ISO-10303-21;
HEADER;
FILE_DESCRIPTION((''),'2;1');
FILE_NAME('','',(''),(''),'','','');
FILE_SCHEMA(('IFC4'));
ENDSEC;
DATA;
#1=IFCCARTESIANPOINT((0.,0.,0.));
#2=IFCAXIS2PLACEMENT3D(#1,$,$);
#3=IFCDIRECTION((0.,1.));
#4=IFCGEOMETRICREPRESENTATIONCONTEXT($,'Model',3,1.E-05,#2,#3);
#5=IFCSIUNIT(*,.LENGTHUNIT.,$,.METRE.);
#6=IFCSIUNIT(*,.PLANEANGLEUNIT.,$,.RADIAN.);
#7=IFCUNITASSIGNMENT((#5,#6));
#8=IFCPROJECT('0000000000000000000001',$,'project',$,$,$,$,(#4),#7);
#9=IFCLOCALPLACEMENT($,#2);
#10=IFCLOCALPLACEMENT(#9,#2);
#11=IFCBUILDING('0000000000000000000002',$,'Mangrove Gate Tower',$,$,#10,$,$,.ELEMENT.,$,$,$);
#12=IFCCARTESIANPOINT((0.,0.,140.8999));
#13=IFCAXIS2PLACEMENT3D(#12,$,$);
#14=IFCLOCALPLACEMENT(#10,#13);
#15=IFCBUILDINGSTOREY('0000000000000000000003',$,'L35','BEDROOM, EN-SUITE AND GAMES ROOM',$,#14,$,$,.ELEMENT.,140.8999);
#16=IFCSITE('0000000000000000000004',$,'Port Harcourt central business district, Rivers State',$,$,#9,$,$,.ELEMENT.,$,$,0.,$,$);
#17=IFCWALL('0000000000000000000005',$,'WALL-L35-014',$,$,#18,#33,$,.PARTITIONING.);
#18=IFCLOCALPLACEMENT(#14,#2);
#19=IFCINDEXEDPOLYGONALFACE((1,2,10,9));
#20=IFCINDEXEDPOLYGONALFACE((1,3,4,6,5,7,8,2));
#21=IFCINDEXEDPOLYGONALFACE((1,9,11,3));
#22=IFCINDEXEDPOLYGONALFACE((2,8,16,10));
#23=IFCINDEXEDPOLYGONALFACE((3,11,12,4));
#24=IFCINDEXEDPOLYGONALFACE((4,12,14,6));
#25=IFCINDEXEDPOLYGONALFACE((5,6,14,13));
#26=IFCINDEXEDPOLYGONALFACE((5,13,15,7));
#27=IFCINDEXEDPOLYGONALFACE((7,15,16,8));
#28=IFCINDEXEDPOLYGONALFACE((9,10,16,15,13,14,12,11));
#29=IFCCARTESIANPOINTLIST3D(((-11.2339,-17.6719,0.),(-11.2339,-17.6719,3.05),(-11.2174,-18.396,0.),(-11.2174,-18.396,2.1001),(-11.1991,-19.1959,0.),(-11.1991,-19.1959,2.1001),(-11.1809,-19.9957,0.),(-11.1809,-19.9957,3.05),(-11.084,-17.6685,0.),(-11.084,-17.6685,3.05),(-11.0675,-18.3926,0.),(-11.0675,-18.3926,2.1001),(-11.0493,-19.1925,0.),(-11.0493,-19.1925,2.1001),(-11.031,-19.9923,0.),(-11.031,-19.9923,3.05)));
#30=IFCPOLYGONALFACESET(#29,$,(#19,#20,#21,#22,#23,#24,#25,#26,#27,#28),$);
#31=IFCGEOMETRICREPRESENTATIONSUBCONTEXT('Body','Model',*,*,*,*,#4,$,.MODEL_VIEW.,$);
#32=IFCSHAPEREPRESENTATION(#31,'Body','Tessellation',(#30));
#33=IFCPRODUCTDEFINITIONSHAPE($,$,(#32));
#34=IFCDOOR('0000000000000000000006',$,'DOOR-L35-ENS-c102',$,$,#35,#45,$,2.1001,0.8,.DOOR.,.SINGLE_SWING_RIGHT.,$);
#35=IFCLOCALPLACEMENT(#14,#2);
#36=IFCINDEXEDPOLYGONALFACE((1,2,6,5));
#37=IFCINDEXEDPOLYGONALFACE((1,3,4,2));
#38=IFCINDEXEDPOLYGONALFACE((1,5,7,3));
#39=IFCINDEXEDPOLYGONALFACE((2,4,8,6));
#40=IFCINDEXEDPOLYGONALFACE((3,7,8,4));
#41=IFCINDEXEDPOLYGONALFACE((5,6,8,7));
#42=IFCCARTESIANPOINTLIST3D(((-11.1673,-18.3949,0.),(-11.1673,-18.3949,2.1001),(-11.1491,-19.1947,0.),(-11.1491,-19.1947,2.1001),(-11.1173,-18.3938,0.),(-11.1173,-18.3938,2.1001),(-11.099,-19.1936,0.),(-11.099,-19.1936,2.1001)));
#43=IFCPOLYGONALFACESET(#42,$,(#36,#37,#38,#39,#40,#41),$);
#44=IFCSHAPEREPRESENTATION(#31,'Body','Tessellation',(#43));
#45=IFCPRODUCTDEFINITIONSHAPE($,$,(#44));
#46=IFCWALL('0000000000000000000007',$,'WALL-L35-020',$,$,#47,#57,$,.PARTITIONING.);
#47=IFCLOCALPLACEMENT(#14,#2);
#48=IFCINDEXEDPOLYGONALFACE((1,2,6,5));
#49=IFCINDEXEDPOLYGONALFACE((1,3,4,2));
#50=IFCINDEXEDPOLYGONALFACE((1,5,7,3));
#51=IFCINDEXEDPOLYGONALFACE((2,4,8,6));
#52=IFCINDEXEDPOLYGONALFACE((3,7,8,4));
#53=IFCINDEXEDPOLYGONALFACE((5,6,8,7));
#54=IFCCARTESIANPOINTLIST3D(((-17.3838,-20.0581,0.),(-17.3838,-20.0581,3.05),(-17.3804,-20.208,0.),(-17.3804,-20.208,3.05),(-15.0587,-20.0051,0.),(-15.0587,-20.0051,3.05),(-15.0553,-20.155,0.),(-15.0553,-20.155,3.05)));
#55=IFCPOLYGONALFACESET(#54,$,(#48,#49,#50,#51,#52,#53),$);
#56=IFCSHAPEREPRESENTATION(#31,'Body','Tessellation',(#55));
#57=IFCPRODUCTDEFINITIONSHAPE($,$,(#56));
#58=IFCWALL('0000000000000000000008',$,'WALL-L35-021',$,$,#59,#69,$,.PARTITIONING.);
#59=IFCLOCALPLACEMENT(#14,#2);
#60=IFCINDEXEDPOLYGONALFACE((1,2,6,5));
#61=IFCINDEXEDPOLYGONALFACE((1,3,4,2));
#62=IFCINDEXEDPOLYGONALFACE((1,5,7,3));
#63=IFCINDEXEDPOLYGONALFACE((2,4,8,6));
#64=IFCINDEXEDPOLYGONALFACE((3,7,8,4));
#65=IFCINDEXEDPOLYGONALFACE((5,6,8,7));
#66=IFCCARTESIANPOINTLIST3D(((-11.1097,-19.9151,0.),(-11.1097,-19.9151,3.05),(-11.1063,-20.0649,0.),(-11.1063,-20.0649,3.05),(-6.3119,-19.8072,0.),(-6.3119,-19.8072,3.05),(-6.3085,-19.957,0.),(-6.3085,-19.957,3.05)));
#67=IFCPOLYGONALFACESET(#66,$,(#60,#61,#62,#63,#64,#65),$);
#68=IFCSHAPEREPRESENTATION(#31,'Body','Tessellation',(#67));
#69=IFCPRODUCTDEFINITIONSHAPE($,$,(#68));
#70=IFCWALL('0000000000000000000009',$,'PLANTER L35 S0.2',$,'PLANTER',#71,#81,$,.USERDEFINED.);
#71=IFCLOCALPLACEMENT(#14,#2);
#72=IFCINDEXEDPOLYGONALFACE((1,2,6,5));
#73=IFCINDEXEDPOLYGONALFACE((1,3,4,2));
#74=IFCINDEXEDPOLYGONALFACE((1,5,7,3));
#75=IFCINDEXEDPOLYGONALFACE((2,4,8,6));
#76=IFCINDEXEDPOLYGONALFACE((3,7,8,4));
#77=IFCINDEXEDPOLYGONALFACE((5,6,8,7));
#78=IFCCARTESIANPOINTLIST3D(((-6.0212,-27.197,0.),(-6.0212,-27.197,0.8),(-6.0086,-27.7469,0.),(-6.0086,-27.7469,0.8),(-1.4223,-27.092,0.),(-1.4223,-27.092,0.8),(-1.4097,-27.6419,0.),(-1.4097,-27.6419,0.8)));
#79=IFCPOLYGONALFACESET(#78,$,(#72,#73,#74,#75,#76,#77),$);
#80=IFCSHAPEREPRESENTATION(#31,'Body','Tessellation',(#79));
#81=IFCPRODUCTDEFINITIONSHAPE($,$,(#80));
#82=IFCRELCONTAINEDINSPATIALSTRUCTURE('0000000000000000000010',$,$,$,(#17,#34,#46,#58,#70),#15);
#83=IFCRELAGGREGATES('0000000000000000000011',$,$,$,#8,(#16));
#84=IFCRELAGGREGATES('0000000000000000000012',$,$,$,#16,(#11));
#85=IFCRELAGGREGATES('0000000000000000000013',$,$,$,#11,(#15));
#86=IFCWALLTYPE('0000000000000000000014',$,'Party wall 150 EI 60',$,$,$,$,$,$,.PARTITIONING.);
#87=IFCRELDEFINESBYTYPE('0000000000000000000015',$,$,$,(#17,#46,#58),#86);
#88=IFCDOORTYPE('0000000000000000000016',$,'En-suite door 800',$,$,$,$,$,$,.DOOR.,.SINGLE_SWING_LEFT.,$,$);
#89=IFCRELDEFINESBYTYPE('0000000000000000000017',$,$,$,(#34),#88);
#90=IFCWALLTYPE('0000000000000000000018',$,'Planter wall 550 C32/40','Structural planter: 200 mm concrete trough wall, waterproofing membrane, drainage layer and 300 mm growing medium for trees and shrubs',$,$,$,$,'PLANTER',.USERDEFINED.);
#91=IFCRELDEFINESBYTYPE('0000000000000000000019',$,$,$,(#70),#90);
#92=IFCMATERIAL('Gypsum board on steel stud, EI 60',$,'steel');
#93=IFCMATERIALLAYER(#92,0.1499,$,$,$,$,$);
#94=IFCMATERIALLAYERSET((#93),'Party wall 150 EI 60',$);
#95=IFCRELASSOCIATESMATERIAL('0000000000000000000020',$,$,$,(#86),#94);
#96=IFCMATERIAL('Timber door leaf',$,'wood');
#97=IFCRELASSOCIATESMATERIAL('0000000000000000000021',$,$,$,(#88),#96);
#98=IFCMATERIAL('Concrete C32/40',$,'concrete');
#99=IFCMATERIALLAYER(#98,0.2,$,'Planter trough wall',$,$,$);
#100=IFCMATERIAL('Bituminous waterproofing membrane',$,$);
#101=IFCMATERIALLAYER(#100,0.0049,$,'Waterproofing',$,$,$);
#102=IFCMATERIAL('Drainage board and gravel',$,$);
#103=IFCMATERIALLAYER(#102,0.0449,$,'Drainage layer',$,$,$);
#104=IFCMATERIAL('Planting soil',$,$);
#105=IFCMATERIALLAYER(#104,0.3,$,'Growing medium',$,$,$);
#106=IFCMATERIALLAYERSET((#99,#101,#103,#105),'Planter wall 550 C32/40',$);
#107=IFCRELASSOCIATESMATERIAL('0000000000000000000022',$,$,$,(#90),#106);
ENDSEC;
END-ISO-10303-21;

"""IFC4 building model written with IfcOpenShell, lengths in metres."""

from ifc_helpers import new_model, si_unit, direction, frame, frame_2d, origin, place, context, subcontext, project, spatial, rectangle, extrude, material, layer, layer_set, type_object, element, fill, save


model = new_model("IFC4")

# Units and contexts
model_context = context("Model", 3, precision=1e-05, world=origin(), true_north=direction((0.0, 1.0)))
body_context = subcontext(model_context, "Body", "Model", "MODEL_VIEW")
ifc_project = project(units=[si_unit("LENGTHUNIT", "METRE"), si_unit("PLANEANGLEUNIT", "RADIAN")], contexts=[model_context])

# Site, building, storey
site_placement = place(None, origin())
site = spatial("IfcSite", under=ifc_project, at=site_placement, Name="Port Harcourt central business district, Rivers State", CompositionType="ELEMENT", RefElevation=0.0)
building_placement = place(site_placement, origin())
building = spatial("IfcBuilding", under=site, at=building_placement, Name="Mangrove Gate Tower", CompositionType="ELEMENT")
storey_placement = place(building_placement, frame((0.0, 0.0, 140.8999)))
storey = spatial("IfcBuildingStorey", under=building, at=storey_placement, Name="L35", Description="BEDROOM, EN-SUITE AND GAMES ROOM", CompositionType="ELEMENT", Elevation=140.8999)

# Shared definitions
ifc_material_1 = material(Name="Gypsum board on steel stud, EI 60", Category="steel")
ifc_layer_1 = layer(ifc_material_1, 0.1499)
ifc_layer_set_1 = layer_set([ifc_layer_1], Name="Party wall 150 EI 60")
wall_type_1 = type_object("IfcWallType", Name="Party wall 150 EI 60", PredefinedType="PARTITIONING", material=ifc_layer_set_1)

# Wall, opening, door
ifc_material_2 = material(Name="Timber door leaf", Category="wood")
door_type = type_object("IfcDoorType", Name="En-suite door 800", OperationType="SINGLE_SWING_LEFT", PredefinedType="DOOR", material=ifc_material_2)
wall_1_placement = place(storey_placement, frame((-11.106, -19.9939, 0.0), z_axis=(0.0, 0.0, 1.0), x_axis=(-0.022791, 0.99974, 0.0)))
wall_1 = element("IfcWall", 1, at=wall_1_placement, inside=storey, type_object=wall_type_1, Name="WALL-L35-014", PredefinedType="PARTITIONING", context=body_context, shape_type="SweptSolid", body=[
    extrude(rectangle(XDim=2.3245, YDim=0.1499, at=frame_2d((1.1621, 0.0))), origin(), (0.0, 0.0, 1.0), 3.05),
])
opening_1_placement = place(wall_1_placement, frame((0.8, 0.0, 0.0)))
opening_1 = element("IfcOpeningElement", 2, at=opening_1_placement, cuts=wall_1, PredefinedType="OPENING", context=body_context, shape_type="SweptSolid", body=[
    extrude(rectangle(XDim=0.8, YDim=2.1001, at=frame_2d((0.3999, 1.05))), frame((0.0, 0.085, 0.0), z_axis=(0.0, -1.0, 0.0), x_axis=(1.0, 0.0, 0.0)), (0.0, 0.0, 1.0), 0.1699),
])
door_1_placement = place(opening_1_placement, origin())
door_1 = element("IfcDoor", 3, at=door_1_placement, inside=storey, type_object=door_type, Name="DOOR-L35-ENS-c102", OperationType="SINGLE_SWING_RIGHT", OverallHeight=2.1001, OverallWidth=0.8, PredefinedType="DOOR", context=body_context, shape_type="SweptSolid", body=[
    extrude(rectangle(XDim=0.8, YDim=2.1001, at=frame_2d((0.3999, 1.05))), frame((0.0, 0.0249, 0.0), z_axis=(0.0, -1.0, 0.0), x_axis=(1.0, 0.0, 0.0)), (0.0, 0.0, 1.0), 0.05),
])
fill(opening_1, door_1)

# Walls
wall_2_placement = place(storey_placement, frame((-17.3821, -20.1331, 0.0), z_axis=(0.0, 0.0, 1.0), x_axis=(0.999741, 0.022779, 0.0)))
element("IfcWall", 4, at=wall_2_placement, inside=storey, type_object=wall_type_1, Name="WALL-L35-020", PredefinedType="PARTITIONING", context=body_context, shape_type="SweptSolid", body=[
    extrude(rectangle(XDim=2.3257, YDim=0.1499, at=frame_2d((1.1628, 0.0))), origin(), (0.0, 0.0, 1.0), 3.05),
])
wall_3_placement = place(storey_placement, frame((-11.1079, -19.99, 0.0), z_axis=(0.0, 0.0, 1.0), x_axis=(0.999747, 0.022486, 0.0)))
element("IfcWall", 5, at=wall_3_placement, inside=storey, type_object=wall_type_1, Name="WALL-L35-021", PredefinedType="PARTITIONING", context=body_context, shape_type="SweptSolid", body=[
    extrude(rectangle(XDim=4.7991, YDim=0.1499, at=frame_2d((2.3994, 0.0))), origin(), (0.0, 0.0, 1.0), 3.05),
])
ifc_material_3 = material(Name="Concrete C32/40", Category="concrete")
ifc_layer_2 = layer(ifc_material_3, 0.2, Name="Planter trough wall")
ifc_material_4 = material(Name="Bituminous waterproofing membrane")
ifc_layer_3 = layer(ifc_material_4, 0.0049, Name="Waterproofing")
ifc_material_5 = material(Name="Drainage board and gravel")
ifc_layer_4 = layer(ifc_material_5, 0.0449, Name="Drainage layer")
ifc_material_6 = material(Name="Planting soil")
ifc_layer_5 = layer(ifc_material_6, 0.3, Name="Growing medium")
ifc_layer_set_2 = layer_set([ifc_layer_2, ifc_layer_3, ifc_layer_4, ifc_layer_5], Name="Planter wall 550 C32/40")
wall_type_2 = type_object("IfcWallType", Name="Planter wall 550 C32/40", Description="Structural planter: 200 mm concrete trough wall, waterproofing membrane, drainage layer and 300 mm growing medium for trees and shrubs", ElementType="PLANTER", PredefinedType="USERDEFINED", material=ifc_layer_set_2)
wall_4_placement = place(storey_placement, frame((-6.0149, -27.4719, 0.0), z_axis=(0.0, 0.0, 1.0), x_axis=(0.99974, 0.022821, 0.0)))
element("IfcWall", 6, at=wall_4_placement, inside=storey, type_object=wall_type_2, Name="PLANTER L35 S0.2", ObjectType="PLANTER", PredefinedType="USERDEFINED", context=body_context, shape_type="SweptSolid", body=[
    extrude(rectangle(XDim=4.6001, YDim=0.55, at=frame_2d((2.3, 0.0))), origin(), (0.0, 0.0, 1.0), 0.8),
])

save(model, "model.ifc")
